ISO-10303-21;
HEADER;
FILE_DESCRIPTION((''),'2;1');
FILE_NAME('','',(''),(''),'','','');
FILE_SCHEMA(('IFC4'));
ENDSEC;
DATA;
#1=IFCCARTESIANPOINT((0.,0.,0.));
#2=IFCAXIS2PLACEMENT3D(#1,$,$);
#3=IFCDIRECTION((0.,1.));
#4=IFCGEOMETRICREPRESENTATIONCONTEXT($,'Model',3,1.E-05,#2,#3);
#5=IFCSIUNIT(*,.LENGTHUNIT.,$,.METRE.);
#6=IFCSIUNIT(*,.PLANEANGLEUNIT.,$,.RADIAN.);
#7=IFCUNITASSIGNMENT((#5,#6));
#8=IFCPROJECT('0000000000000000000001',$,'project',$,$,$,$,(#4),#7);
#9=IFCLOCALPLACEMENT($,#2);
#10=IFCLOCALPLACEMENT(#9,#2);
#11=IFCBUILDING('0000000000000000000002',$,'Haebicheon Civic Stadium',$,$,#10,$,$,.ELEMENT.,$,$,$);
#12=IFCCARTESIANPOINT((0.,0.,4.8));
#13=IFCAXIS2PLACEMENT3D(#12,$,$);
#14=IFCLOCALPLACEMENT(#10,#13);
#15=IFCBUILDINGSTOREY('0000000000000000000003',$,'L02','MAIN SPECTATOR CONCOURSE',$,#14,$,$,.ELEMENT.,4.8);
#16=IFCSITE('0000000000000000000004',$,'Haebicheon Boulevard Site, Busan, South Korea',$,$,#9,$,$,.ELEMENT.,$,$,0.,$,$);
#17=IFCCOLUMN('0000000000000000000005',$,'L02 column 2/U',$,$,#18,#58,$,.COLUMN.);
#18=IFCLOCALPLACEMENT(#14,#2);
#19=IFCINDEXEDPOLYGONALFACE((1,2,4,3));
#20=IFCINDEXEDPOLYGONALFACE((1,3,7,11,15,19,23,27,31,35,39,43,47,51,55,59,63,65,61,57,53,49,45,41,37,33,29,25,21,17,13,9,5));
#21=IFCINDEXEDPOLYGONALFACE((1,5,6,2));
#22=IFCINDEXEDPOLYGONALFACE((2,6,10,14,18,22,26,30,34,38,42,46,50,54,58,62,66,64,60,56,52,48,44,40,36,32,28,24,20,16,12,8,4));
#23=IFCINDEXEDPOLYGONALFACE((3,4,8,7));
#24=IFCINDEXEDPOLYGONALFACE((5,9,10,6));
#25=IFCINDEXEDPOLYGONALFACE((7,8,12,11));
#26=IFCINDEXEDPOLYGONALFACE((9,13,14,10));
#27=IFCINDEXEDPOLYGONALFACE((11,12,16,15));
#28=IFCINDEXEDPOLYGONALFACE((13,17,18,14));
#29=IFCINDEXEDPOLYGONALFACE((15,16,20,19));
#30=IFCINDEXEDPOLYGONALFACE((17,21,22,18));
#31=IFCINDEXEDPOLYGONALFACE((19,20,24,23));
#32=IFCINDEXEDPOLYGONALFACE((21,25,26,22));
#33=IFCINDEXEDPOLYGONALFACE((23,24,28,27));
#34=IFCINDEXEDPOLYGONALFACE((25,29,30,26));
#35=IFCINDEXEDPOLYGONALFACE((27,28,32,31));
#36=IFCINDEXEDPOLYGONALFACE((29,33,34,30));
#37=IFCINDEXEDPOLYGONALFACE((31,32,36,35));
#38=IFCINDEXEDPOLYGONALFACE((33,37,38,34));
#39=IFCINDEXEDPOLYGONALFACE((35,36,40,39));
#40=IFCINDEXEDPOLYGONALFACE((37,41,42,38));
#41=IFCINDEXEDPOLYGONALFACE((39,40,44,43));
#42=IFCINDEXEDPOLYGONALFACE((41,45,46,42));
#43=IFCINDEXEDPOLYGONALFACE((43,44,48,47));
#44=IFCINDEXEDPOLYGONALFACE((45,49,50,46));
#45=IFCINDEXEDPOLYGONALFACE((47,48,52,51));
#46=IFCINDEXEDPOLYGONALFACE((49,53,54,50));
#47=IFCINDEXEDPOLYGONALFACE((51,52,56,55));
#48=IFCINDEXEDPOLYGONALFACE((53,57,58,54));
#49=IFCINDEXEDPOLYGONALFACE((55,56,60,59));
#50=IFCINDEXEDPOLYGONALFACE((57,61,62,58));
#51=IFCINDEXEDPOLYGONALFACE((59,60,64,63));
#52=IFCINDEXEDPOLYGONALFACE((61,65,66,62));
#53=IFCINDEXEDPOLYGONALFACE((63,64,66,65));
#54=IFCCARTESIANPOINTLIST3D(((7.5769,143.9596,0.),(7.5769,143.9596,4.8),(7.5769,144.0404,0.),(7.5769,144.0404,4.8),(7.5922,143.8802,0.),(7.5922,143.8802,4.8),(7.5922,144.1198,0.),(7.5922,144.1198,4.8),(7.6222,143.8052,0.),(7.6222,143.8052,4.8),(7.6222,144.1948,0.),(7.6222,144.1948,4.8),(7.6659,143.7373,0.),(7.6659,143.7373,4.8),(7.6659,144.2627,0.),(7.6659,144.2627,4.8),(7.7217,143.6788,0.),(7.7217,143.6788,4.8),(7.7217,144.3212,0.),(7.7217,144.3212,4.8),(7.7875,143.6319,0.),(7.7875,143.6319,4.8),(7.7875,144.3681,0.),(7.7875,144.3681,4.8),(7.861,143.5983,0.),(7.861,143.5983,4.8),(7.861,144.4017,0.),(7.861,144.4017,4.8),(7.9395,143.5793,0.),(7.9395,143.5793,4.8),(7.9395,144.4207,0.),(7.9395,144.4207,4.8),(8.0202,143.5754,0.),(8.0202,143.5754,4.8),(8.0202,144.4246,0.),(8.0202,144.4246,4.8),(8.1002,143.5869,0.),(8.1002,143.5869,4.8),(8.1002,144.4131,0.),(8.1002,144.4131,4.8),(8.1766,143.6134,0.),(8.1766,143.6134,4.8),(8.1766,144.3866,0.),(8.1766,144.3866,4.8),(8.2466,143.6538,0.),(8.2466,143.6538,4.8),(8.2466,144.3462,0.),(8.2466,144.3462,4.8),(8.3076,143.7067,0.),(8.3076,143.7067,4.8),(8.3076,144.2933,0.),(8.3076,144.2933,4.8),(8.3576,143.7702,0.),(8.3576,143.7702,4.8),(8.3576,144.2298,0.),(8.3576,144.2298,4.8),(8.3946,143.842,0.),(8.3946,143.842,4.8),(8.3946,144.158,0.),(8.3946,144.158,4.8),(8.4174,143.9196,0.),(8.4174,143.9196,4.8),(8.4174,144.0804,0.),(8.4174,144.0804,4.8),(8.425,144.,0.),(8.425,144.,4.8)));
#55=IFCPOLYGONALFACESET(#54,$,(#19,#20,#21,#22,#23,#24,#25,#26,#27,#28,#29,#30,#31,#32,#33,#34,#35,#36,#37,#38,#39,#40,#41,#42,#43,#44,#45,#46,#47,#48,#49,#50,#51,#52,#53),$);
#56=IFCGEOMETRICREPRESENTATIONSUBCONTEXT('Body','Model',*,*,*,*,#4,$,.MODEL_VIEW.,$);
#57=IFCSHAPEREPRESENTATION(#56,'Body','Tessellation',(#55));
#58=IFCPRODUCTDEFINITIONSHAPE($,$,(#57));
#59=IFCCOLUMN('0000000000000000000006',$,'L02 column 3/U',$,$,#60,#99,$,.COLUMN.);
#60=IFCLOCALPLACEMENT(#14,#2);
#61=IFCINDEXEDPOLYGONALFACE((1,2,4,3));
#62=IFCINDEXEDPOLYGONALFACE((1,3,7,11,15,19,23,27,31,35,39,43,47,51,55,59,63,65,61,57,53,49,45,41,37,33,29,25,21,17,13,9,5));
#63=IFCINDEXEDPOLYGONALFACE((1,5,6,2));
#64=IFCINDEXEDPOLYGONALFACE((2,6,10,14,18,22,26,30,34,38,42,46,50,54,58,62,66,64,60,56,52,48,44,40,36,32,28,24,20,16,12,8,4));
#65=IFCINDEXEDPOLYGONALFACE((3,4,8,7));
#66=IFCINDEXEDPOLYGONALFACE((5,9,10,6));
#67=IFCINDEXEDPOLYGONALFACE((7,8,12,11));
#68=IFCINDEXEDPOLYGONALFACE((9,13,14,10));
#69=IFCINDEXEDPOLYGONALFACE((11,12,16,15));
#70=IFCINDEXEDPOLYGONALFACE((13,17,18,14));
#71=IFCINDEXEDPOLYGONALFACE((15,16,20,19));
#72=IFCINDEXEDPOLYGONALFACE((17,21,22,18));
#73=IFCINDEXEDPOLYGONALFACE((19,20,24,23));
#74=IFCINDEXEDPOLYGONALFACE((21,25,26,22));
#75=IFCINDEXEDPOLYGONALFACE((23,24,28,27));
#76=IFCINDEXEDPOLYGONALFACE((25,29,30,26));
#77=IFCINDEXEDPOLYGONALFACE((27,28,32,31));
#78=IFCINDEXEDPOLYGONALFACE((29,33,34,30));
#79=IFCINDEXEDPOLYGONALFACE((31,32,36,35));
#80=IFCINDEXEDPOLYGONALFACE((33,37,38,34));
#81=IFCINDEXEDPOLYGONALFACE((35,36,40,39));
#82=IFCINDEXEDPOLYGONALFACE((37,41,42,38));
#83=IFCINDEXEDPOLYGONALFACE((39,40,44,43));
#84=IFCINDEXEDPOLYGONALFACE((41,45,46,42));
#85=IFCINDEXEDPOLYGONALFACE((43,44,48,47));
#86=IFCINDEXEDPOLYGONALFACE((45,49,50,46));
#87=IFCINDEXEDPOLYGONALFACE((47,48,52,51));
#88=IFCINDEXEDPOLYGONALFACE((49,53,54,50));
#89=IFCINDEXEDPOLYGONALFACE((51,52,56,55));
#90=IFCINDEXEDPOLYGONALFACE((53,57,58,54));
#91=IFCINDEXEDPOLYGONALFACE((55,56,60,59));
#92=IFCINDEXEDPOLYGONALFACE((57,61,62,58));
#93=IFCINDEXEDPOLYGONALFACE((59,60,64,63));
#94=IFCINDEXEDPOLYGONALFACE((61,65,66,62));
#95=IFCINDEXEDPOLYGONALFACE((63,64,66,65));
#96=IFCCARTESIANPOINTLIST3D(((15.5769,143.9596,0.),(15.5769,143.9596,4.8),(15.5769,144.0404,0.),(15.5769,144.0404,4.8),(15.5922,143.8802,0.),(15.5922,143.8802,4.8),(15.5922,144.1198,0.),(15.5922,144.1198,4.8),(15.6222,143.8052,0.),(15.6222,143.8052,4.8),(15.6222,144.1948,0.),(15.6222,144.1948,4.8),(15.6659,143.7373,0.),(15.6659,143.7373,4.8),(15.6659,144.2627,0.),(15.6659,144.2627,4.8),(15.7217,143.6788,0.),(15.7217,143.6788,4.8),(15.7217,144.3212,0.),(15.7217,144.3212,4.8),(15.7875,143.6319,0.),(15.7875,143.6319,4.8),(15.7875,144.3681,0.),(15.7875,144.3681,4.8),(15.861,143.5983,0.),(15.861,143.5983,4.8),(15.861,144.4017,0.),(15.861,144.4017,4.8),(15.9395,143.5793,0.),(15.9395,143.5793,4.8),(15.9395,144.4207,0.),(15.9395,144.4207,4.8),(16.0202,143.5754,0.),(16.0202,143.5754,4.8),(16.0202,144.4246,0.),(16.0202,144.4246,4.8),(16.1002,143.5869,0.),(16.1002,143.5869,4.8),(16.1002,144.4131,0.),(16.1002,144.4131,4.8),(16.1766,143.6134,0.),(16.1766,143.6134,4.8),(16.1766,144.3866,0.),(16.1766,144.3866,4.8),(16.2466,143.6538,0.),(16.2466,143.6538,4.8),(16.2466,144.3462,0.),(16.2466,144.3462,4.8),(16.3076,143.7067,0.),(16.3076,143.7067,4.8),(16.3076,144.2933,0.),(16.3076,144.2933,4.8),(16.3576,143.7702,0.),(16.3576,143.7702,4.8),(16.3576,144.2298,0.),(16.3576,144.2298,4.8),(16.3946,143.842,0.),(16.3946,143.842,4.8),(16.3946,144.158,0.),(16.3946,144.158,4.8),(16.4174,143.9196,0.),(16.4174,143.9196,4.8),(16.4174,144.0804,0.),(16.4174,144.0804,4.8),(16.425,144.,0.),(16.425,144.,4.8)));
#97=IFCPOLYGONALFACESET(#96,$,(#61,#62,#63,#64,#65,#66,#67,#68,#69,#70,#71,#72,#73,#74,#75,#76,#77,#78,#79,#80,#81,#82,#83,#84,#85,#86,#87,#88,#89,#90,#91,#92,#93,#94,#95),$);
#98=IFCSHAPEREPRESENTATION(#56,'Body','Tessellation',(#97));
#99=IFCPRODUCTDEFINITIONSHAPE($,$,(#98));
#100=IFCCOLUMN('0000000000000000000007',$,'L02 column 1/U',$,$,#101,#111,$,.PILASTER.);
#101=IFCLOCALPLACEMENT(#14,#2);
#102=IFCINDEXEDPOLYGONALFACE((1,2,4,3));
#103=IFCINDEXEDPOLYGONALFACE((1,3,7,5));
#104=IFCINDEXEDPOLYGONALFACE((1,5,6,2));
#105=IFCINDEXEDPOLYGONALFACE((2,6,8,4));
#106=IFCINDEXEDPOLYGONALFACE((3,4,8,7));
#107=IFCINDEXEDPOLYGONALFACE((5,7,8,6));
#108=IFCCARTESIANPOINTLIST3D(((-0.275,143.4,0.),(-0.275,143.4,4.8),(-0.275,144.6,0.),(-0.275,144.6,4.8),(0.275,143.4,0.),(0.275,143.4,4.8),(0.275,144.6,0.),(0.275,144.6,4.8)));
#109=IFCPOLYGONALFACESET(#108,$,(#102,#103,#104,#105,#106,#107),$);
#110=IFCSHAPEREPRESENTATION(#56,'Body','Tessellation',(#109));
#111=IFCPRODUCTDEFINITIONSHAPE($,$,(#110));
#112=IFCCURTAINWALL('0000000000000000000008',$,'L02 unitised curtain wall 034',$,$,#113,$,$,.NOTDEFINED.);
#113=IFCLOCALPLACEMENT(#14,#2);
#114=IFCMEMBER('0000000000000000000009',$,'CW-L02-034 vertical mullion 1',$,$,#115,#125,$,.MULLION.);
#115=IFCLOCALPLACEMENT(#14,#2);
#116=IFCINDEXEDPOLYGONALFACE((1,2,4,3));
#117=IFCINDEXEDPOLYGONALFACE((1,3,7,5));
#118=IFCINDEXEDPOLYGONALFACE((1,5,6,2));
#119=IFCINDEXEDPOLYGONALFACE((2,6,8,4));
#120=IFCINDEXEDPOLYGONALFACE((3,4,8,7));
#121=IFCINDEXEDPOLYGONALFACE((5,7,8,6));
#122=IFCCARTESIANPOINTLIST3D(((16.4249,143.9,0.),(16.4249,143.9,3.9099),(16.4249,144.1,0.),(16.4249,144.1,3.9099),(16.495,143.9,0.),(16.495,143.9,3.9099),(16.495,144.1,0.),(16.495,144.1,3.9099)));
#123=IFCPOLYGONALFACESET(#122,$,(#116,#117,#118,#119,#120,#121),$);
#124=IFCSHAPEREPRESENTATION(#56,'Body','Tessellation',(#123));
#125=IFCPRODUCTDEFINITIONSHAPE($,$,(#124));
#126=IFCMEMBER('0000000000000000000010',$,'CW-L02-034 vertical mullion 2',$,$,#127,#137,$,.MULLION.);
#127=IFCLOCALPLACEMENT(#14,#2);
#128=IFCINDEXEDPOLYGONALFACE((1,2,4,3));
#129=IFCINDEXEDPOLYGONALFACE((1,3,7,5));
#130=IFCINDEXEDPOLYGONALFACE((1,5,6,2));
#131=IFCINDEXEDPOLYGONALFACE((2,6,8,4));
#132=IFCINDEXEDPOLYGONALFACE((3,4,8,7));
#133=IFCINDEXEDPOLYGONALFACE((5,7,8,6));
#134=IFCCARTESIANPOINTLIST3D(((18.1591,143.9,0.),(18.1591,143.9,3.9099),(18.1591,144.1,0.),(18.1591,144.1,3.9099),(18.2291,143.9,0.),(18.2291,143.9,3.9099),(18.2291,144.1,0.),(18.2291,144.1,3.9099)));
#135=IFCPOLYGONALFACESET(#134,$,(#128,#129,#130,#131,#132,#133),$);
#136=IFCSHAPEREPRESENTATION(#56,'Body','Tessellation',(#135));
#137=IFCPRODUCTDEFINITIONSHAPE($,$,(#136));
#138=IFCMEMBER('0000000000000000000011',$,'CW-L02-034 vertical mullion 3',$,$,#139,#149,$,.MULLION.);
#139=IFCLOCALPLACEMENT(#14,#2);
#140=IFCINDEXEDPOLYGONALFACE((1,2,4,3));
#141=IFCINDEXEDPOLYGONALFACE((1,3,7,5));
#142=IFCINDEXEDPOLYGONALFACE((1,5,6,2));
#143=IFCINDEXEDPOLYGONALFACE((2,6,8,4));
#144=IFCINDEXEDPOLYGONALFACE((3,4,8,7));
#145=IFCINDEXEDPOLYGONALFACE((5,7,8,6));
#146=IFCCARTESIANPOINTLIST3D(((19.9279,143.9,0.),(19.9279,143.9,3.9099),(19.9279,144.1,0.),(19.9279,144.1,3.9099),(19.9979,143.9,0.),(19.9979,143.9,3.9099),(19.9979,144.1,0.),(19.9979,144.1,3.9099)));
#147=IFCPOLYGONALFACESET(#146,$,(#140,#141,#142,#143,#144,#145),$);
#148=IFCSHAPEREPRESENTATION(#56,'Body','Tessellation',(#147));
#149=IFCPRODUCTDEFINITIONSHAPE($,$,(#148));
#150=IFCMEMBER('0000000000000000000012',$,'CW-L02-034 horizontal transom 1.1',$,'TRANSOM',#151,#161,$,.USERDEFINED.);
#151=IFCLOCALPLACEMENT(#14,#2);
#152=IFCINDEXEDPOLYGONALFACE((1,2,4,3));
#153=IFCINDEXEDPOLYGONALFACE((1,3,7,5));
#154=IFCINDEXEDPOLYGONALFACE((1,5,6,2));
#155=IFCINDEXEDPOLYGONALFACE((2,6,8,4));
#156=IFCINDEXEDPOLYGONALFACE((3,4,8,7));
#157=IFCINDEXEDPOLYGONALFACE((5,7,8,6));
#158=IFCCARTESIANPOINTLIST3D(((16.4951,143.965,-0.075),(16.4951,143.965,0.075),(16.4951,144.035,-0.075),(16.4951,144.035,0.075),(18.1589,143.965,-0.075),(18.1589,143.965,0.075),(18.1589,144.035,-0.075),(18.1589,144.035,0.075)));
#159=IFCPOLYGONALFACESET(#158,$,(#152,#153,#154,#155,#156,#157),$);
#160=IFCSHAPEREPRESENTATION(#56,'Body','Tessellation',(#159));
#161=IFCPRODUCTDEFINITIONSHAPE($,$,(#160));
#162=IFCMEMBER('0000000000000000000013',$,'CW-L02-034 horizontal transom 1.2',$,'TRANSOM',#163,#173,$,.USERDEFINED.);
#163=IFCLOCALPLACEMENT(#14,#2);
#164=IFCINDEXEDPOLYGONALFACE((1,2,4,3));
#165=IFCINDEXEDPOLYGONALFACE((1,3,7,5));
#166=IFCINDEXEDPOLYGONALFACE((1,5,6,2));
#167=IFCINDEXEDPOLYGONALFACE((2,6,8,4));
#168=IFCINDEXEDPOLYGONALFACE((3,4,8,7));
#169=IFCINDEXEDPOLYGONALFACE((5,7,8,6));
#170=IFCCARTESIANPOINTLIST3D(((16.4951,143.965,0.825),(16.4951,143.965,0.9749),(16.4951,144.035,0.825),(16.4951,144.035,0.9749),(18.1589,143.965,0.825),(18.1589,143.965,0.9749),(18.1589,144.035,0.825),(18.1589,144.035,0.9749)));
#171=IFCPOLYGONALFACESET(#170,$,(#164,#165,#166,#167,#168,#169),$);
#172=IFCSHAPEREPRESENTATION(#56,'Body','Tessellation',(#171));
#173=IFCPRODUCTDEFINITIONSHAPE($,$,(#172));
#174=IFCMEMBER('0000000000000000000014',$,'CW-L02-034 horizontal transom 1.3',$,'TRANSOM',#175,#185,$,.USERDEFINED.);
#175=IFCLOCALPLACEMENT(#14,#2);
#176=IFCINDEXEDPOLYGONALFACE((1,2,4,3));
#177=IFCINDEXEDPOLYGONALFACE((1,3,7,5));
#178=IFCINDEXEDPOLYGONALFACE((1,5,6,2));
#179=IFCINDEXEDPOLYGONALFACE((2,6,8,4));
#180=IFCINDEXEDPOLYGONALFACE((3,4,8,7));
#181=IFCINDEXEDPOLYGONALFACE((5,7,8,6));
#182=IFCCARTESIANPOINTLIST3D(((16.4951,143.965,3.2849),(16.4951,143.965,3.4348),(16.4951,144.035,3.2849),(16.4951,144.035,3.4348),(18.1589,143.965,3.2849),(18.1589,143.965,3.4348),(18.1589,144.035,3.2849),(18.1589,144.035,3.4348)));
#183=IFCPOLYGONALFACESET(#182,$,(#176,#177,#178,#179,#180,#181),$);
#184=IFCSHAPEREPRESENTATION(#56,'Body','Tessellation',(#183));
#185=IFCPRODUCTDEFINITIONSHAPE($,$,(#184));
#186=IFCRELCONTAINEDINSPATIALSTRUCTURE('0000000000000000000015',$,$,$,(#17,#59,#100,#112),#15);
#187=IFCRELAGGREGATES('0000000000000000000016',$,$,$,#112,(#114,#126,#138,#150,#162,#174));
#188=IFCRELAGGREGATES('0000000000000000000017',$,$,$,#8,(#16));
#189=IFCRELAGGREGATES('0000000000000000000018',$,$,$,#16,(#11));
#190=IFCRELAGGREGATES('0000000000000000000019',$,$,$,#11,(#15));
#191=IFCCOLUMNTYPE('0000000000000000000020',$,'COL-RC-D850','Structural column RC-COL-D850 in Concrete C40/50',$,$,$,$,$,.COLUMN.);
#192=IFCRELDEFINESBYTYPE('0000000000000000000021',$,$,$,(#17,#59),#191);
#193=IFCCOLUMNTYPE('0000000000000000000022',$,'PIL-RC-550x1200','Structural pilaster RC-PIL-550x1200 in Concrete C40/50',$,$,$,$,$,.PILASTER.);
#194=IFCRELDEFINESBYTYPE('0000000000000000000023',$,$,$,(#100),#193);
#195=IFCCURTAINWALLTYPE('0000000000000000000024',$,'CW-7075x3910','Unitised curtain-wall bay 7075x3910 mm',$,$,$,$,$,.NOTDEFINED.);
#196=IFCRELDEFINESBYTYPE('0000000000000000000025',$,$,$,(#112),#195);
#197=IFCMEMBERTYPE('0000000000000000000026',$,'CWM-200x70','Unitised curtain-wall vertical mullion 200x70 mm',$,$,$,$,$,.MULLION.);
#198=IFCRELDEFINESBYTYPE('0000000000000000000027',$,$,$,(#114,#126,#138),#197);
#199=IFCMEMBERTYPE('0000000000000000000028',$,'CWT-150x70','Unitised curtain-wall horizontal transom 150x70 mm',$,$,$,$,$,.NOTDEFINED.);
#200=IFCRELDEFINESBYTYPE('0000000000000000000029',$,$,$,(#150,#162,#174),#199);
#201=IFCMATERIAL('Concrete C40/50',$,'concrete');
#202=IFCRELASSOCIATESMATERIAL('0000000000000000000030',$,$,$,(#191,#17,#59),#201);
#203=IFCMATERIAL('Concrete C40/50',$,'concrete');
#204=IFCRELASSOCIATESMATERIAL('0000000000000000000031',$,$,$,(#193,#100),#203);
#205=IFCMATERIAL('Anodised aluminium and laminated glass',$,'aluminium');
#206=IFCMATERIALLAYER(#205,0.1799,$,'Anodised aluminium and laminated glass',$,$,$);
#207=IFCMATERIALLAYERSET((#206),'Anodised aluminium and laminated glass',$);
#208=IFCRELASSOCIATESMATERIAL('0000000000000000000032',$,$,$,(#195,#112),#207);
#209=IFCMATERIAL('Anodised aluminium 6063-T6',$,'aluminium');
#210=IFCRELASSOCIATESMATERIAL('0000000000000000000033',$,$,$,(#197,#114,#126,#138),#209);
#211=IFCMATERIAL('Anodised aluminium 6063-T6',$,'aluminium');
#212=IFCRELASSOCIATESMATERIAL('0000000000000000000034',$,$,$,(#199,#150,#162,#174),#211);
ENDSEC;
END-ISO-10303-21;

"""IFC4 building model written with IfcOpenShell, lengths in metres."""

from ifc_helpers import new_model, si_unit, direction, frame, origin, origin_2d, place, context, subcontext, project, spatial, rectangle, circle, extrude, material, layer, layer_set, material_profile, profile_set, type_object, element, aggregate, save


model = new_model("IFC4")

# Units and contexts
model_context = context("Model", 3, precision=1e-05, world=origin(), true_north=direction((0.0, 1.0)))
body_context = subcontext(model_context, "Body", "Model", "MODEL_VIEW")
ifc_project = project(units=[si_unit("LENGTHUNIT", "METRE"), si_unit("PLANEANGLEUNIT", "RADIAN")], contexts=[model_context])

# Site, building, storey
site_placement = place(None, origin())
site = spatial("IfcSite", under=ifc_project, at=site_placement, Name="Haebicheon Boulevard Site, Busan, South Korea", CompositionType="ELEMENT", RefElevation=0.0)
building_placement = place(site_placement, origin())
building = spatial("IfcBuilding", under=site, at=building_placement, Name="Haebicheon Civic Stadium", CompositionType="ELEMENT")
storey_placement = place(building_placement, frame((0.0, 0.0, 4.8)))
storey = spatial("IfcBuildingStorey", under=building, at=storey_placement, Name="L02", Description="MAIN SPECTATOR CONCOURSE", CompositionType="ELEMENT", Elevation=4.8)

# Columns
ifc_material_1 = material(Name="Concrete C40/50", Category="concrete")
ifc_material_profile_1 = material_profile(ifc_material_1, circle(Radius=0.425, at=origin_2d()), Name="RC-COL-D850")
ifc_profile_set_1 = profile_set([ifc_material_profile_1], Name="Concrete C40/50")
column_type_1 = type_object("IfcColumnType", Name="COL-RC-D850", Description="Structural column RC-COL-D850 in Concrete C40/50", PredefinedType="COLUMN", material=ifc_profile_set_1)
for number, where, z_axis, x_axis, name in (
    (1, (8.0, 144.0, 0.0), (0.0, 0.0, 1.0), (1.0, 0.0, 0.0), "L02 column 2/U"),
    (2, (16.0, 144.0, 0.0), (0.0, 0.0, 1.0), (1.0, 0.0, 0.0), "L02 column 3/U"),
):
    element("IfcColumn", number, at=place(storey_placement, frame(where, z_axis=z_axis, x_axis=x_axis)), inside=storey, type_object=column_type_1, material=ifc_profile_set_1, Name=name, PredefinedType="COLUMN", context=body_context, shape_type="SweptSolid", body=[
        extrude(circle(Radius=0.425, at=origin_2d()), origin(), (0.0, 0.0, 1.0), 4.8),
    ])
ifc_material_2 = material(Name="Concrete C40/50", Category="concrete")
ifc_material_profile_2 = material_profile(ifc_material_2, rectangle(XDim=0.55, YDim=1.2, at=origin_2d()), Name="RC-PIL-550x1200")
ifc_profile_set_2 = profile_set([ifc_material_profile_2], Name="Concrete C40/50")
column_type_2 = type_object("IfcColumnType", Name="PIL-RC-550x1200", Description="Structural pilaster RC-PIL-550x1200 in Concrete C40/50", PredefinedType="PILASTER", material=ifc_profile_set_2)
column_placement = place(storey_placement, frame((0.0, 144.0, 0.0), z_axis=(0.0, 0.0, 1.0), x_axis=(1.0, 0.0, 0.0)))
element("IfcColumn", 3, at=column_placement, inside=storey, type_object=column_type_2, material=ifc_profile_set_2, Name="L02 column 1/U", PredefinedType="PILASTER", context=body_context, shape_type="SweptSolid", body=[
    extrude(rectangle(XDim=0.55, YDim=1.2, at=origin_2d()), origin(), (0.0, 0.0, 1.0), 4.8),
])

# Curtain wall, members
ifc_material_3 = material(Name="Anodised aluminium and laminated glass", Category="aluminium")
ifc_layer_1 = layer(ifc_material_3, 0.1799, Name="Anodised aluminium and laminated glass")
ifc_layer_set_1 = layer_set([ifc_layer_1], Name="Anodised aluminium and laminated glass")
curtain_wall_type = type_object("IfcCurtainWallType", Name="CW-7075x3910", Description="Unitised curtain-wall bay 7075x3910 mm", PredefinedType="NOTDEFINED", material=ifc_layer_set_1)
curtain_wall_placement = place(storey_placement, origin())
curtain_wall = element("IfcCurtainWall", 4, at=curtain_wall_placement, inside=storey, type_object=curtain_wall_type, material=ifc_layer_set_1, Name="L02 unitised curtain wall 034", PredefinedType="NOTDEFINED")
ifc_material_4 = material(Name="Anodised aluminium 6063-T6", Category="aluminium")
ifc_material_profile_3 = material_profile(ifc_material_4, rectangle(XDim=0.0701, YDim=0.2, at=origin_2d()), Name="ALU-MULL-70x200")
ifc_profile_set_3 = profile_set([ifc_material_profile_3], Name="Anodised aluminium 6063-T6")
member_type_1 = type_object("IfcMemberType", Name="CWM-200x70", Description="Unitised curtain-wall vertical mullion 200x70 mm", PredefinedType="MULLION", material=ifc_profile_set_3)
member_1_placement = place(storey_placement, frame((16.46, 144.0, 0.0), z_axis=(0.0, 0.0, 1.0), x_axis=(1.0, 0.0, 0.0)))
member_1 = element("IfcMember", 5, at=member_1_placement, type_object=member_type_1, material=ifc_profile_set_3, Name="CW-L02-034 vertical mullion 1", PredefinedType="MULLION", context=body_context, shape_type="SweptSolid", body=[
    extrude(rectangle(XDim=0.0701, YDim=0.2, at=origin_2d()), origin(), (0.0, 0.0, 1.0), 3.9099),
])
member_2_placement = place(storey_placement, frame((18.1941, 144.0, 0.0), z_axis=(0.0, 0.0, 1.0), x_axis=(1.0, 0.0, 0.0)))
member_2 = element("IfcMember", 6, at=member_2_placement, type_object=member_type_1, material=ifc_profile_set_3, Name="CW-L02-034 vertical mullion 2", PredefinedType="MULLION", context=body_context, shape_type="SweptSolid", body=[
    extrude(rectangle(XDim=0.0701, YDim=0.2, at=origin_2d()), origin(), (0.0, 0.0, 1.0), 3.9099),
])
member_3_placement = place(storey_placement, frame((19.9629, 144.0, 0.0), z_axis=(0.0, 0.0, 1.0), x_axis=(1.0, 0.0, 0.0)))
member_3 = element("IfcMember", 7, at=member_3_placement, type_object=member_type_1, material=ifc_profile_set_3, Name="CW-L02-034 vertical mullion 3", PredefinedType="MULLION", context=body_context, shape_type="SweptSolid", body=[
    extrude(rectangle(XDim=0.0701, YDim=0.2, at=origin_2d()), origin(), (0.0, 0.0, 1.0), 3.9099),
])
ifc_material_5 = material(Name="Anodised aluminium 6063-T6", Category="aluminium")
ifc_material_profile_4 = material_profile(ifc_material_5, rectangle(XDim=0.0701, YDim=0.1499, at=origin_2d()), Name="ALU-TRAN-70x150")
ifc_profile_set_4 = profile_set([ifc_material_profile_4], Name="Anodised aluminium 6063-T6")
member_type_2 = type_object("IfcMemberType", Name="CWT-150x70", Description="Unitised curtain-wall horizontal transom 150x70 mm", PredefinedType="NOTDEFINED", material=ifc_profile_set_4)
member_4_placement = place(storey_placement, frame((16.4951, 144.0, 0.0), z_axis=(1.0, 0.0, 0.0), x_axis=(0.0, 1.0, 0.0)))
member_4 = element("IfcMember", 8, at=member_4_placement, type_object=member_type_2, material=ifc_profile_set_4, Name="CW-L02-034 horizontal transom 1.1", ObjectType="TRANSOM", PredefinedType="USERDEFINED", context=body_context, shape_type="SweptSolid", body=[
    extrude(rectangle(XDim=0.0701, YDim=0.1499, at=origin_2d()), origin(), (0.0, 0.0, 1.0), 1.6638),
])
member_5_placement = place(storey_placement, frame((16.4951, 144.0, 0.8999), z_axis=(1.0, 0.0, 0.0), x_axis=(0.0, 1.0, 0.0)))
member_5 = element("IfcMember", 9, at=member_5_placement, type_object=member_type_2, material=ifc_profile_set_4, Name="CW-L02-034 horizontal transom 1.2", ObjectType="TRANSOM", PredefinedType="USERDEFINED", context=body_context, shape_type="SweptSolid", body=[
    extrude(rectangle(XDim=0.0701, YDim=0.1499, at=origin_2d()), origin(), (0.0, 0.0, 1.0), 1.6638),
])
member_6_placement = place(storey_placement, frame((16.4951, 144.0, 3.3599), z_axis=(1.0, 0.0, 0.0), x_axis=(0.0, 1.0, 0.0)))
member_6 = element("IfcMember", 10, at=member_6_placement, type_object=member_type_2, material=ifc_profile_set_4, Name="CW-L02-034 horizontal transom 1.3", ObjectType="TRANSOM", PredefinedType="USERDEFINED", context=body_context, shape_type="SweptSolid", body=[
    extrude(rectangle(XDim=0.0701, YDim=0.1499, at=origin_2d()), origin(), (0.0, 0.0, 1.0), 1.6638),
])

aggregate(curtain_wall, [member_1, member_2, member_3, member_4, member_5, member_6])

save(model, "model.ifc")
